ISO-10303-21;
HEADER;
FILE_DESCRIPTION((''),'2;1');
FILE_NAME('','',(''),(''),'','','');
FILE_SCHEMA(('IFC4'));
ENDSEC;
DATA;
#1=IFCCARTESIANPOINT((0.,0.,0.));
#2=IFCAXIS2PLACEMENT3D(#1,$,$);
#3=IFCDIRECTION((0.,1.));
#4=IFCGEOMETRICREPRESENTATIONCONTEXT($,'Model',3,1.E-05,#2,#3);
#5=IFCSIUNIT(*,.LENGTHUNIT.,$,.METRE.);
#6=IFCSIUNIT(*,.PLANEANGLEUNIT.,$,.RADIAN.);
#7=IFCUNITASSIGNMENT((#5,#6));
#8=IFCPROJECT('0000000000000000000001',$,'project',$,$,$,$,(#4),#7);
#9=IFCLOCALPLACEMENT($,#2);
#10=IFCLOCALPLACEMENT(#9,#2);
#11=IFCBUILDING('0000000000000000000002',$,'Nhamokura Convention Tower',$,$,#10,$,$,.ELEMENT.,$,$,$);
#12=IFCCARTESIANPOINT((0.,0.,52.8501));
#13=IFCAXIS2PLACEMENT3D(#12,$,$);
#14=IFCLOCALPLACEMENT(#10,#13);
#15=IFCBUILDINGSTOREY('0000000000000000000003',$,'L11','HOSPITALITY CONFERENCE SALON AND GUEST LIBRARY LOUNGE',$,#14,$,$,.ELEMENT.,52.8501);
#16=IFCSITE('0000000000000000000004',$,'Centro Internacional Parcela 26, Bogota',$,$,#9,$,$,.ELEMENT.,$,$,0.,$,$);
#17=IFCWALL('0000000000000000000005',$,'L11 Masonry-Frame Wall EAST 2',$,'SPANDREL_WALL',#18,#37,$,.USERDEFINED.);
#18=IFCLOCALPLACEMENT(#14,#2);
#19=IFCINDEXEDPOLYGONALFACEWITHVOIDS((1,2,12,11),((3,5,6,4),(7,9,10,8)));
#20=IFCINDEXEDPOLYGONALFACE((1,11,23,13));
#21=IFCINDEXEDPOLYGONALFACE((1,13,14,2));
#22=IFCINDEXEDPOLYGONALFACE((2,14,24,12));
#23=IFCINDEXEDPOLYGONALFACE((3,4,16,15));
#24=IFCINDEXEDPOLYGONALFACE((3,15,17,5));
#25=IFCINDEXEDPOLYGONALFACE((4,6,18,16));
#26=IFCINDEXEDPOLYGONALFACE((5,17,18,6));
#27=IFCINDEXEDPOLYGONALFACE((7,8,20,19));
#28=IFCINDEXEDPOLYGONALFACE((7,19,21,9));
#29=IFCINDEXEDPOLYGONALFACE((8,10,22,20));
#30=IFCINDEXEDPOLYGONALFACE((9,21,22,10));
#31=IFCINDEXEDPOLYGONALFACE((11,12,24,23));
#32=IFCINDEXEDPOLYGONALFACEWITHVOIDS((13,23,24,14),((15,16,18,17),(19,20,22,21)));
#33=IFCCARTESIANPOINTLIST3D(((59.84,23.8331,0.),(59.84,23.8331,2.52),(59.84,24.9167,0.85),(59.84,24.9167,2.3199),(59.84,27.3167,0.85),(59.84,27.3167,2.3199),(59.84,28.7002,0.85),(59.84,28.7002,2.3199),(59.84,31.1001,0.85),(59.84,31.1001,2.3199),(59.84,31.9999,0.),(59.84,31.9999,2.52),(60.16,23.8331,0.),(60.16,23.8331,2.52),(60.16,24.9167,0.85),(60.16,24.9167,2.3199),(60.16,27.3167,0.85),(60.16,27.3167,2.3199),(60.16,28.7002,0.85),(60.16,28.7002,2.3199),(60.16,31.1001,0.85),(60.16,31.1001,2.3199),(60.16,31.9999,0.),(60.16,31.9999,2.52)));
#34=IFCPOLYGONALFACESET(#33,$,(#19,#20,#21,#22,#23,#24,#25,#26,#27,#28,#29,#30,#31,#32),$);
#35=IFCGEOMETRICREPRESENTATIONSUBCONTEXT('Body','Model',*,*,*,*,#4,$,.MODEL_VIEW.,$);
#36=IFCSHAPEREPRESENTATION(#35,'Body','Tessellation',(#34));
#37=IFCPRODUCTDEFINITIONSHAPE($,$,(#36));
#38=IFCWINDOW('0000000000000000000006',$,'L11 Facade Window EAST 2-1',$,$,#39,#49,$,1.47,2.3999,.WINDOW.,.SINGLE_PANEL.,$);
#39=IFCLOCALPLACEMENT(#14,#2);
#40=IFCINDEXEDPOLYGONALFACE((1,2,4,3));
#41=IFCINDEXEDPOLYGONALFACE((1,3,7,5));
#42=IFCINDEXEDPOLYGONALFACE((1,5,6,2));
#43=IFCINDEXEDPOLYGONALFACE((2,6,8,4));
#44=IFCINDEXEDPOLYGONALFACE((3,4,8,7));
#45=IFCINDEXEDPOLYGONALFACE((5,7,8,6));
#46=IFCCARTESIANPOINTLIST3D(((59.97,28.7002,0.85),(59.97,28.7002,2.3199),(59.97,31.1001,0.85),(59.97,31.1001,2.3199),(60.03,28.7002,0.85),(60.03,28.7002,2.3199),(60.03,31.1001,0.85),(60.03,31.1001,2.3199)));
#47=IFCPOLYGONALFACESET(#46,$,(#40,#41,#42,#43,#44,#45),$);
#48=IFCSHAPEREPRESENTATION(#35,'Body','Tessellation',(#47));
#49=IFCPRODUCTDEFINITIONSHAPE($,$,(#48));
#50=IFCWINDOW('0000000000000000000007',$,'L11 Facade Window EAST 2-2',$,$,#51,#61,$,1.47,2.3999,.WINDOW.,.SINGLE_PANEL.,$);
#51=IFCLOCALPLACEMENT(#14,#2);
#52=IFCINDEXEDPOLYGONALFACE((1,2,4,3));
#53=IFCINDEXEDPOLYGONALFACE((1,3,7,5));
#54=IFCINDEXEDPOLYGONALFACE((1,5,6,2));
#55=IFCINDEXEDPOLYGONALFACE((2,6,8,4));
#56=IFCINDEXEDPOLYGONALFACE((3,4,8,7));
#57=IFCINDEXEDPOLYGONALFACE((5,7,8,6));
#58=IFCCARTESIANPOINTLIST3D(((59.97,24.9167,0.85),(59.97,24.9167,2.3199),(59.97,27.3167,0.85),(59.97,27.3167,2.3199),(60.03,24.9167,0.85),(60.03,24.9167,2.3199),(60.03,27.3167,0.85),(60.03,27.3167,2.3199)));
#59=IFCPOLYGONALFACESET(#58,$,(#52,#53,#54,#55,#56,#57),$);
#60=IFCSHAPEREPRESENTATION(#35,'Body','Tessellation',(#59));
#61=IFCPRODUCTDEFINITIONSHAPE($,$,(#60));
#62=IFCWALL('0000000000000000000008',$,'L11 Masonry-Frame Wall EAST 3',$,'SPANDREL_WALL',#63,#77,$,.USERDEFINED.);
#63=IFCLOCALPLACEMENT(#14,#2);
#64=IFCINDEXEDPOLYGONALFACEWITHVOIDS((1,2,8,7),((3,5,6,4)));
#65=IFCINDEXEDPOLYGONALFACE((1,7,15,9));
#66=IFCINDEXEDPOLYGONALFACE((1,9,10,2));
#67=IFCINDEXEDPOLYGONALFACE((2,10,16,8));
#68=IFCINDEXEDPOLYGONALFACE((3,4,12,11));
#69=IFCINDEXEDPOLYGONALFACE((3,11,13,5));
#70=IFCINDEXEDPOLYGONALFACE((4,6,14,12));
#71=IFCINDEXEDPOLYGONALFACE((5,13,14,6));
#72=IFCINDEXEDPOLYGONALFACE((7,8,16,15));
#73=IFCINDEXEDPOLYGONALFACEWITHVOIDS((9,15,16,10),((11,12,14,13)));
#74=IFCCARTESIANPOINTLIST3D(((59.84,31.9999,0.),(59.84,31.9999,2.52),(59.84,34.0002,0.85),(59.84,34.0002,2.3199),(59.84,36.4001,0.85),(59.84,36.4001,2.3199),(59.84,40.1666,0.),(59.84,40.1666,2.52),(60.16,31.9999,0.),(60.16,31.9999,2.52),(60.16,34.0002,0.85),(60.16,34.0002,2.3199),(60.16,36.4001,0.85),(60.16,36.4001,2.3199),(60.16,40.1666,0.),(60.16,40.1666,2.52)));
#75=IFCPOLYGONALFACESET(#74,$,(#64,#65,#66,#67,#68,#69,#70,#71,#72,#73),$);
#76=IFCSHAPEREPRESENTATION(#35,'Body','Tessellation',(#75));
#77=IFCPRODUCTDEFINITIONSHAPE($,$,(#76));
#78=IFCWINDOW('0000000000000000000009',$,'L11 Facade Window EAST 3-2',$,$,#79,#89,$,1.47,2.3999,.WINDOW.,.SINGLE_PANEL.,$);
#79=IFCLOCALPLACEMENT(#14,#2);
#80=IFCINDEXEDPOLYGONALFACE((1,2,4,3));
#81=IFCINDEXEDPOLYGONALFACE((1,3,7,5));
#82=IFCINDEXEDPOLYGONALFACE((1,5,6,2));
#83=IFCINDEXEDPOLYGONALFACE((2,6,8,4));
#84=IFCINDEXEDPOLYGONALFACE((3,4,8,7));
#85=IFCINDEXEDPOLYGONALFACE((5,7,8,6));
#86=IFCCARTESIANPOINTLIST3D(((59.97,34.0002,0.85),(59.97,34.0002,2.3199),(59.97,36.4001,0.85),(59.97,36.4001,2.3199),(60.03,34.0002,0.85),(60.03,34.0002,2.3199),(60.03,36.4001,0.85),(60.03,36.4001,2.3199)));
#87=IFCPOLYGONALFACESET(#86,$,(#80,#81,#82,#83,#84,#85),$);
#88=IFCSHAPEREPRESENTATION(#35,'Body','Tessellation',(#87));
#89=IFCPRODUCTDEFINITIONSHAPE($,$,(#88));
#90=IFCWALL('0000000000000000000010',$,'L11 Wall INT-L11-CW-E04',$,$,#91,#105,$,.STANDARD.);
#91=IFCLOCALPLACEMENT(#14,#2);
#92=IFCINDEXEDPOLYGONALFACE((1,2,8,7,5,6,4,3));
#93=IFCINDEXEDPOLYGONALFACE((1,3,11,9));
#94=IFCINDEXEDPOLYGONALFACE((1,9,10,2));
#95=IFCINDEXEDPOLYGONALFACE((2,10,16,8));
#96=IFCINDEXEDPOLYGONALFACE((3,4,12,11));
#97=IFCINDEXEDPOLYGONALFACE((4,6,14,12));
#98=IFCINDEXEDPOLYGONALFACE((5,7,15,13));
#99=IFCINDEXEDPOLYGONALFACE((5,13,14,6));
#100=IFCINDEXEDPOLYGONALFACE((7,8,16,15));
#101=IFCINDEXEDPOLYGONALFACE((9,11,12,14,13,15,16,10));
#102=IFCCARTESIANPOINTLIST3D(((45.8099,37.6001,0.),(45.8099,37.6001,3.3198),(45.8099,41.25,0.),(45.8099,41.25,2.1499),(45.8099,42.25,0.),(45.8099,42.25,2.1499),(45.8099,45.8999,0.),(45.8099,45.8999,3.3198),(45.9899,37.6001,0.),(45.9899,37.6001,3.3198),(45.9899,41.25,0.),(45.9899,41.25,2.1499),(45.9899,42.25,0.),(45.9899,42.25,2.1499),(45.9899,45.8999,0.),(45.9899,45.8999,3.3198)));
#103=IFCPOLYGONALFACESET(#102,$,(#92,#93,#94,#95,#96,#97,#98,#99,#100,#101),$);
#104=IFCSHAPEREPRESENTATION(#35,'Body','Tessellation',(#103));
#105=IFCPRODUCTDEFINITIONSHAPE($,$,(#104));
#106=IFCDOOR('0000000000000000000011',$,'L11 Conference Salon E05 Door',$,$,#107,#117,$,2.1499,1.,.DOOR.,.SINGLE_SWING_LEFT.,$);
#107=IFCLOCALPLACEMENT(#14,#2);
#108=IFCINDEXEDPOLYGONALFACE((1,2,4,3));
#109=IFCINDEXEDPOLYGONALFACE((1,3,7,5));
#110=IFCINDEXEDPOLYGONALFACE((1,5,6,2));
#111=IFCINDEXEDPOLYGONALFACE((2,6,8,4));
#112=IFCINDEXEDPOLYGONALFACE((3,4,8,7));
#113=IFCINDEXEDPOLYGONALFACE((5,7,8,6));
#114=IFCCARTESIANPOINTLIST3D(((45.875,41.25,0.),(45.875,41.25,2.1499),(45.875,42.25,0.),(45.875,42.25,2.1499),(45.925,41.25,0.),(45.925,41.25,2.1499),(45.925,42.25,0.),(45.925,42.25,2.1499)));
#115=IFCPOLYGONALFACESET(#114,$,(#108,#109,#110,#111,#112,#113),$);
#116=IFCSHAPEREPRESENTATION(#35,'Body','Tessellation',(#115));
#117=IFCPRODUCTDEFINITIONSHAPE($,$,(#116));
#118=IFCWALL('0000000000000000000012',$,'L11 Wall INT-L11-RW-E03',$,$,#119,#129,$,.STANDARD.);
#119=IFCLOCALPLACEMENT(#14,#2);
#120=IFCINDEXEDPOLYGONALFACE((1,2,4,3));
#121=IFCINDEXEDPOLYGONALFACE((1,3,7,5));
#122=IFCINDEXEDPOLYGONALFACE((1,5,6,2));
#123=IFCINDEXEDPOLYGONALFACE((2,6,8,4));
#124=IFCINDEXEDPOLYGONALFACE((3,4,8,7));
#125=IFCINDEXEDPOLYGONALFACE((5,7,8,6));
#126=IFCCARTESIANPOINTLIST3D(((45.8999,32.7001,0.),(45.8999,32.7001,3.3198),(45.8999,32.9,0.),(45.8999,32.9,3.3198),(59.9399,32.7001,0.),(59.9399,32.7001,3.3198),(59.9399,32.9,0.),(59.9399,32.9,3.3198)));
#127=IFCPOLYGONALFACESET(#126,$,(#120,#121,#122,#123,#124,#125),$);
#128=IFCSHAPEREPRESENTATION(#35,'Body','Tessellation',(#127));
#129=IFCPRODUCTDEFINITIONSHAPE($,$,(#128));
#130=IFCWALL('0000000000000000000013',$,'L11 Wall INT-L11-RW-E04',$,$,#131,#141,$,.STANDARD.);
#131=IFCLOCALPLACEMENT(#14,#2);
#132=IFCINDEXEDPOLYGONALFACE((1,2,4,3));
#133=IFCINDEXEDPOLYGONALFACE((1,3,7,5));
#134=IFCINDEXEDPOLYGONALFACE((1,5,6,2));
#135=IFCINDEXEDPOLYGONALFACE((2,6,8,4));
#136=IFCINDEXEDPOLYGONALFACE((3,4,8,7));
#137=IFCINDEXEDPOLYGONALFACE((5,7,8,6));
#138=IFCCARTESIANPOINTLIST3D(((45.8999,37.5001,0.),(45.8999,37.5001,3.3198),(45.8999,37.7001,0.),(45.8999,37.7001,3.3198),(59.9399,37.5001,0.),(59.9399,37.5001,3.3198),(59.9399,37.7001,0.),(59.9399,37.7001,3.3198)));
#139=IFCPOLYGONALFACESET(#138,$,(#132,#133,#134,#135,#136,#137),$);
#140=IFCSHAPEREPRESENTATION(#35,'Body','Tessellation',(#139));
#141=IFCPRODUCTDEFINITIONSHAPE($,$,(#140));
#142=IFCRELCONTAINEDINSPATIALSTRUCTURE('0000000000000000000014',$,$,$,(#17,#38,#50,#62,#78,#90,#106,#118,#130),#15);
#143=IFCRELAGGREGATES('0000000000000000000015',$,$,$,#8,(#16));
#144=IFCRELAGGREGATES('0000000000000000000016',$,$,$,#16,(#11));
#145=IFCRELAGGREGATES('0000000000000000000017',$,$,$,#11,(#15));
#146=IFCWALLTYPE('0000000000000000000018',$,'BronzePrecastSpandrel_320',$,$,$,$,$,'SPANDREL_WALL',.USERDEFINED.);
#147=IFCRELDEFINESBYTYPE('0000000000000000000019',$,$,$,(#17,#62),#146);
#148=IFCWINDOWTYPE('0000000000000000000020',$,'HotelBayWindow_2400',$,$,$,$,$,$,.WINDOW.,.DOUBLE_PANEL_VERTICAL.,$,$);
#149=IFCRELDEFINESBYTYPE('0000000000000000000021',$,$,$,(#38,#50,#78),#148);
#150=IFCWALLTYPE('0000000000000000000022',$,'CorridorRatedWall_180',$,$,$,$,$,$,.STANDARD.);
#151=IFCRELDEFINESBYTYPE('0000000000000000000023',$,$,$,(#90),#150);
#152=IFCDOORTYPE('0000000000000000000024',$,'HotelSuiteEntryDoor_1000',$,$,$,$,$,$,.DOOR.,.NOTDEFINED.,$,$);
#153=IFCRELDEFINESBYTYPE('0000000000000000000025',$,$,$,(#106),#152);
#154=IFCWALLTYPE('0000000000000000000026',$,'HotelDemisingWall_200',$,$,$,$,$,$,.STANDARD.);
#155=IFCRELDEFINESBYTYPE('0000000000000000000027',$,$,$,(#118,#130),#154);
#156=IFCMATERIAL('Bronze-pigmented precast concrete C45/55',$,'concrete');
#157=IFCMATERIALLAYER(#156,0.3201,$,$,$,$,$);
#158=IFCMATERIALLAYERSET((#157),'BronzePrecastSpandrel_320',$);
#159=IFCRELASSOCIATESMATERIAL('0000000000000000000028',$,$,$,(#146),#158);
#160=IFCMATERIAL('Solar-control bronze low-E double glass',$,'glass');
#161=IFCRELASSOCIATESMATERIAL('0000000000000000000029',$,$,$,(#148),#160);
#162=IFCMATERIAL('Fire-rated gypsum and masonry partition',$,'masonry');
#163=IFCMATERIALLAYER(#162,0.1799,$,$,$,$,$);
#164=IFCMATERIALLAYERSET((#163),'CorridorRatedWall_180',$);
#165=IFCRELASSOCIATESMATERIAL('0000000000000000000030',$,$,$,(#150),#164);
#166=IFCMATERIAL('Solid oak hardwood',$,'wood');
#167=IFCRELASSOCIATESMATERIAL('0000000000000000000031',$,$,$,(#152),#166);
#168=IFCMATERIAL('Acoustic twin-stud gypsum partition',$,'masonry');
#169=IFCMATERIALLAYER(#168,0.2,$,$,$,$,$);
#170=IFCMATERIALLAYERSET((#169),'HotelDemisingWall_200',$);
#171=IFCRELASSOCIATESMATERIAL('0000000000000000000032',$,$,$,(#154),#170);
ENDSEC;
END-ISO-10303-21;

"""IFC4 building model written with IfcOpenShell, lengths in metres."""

from ifc_helpers import new_model, si_unit, direction, frame, frame_2d, origin, place, context, subcontext, project, spatial, rectangle, extrude, material, layer, layer_set, type_object, element, fill, save


model = new_model("IFC4")

# Units and contexts
model_context = context("Model", 3, precision=1e-05, world=origin(), true_north=direction((0.0, 1.0)))
body_context = subcontext(model_context, "Body", "Model", "MODEL_VIEW")
ifc_project = project(units=[si_unit("LENGTHUNIT", "METRE"), si_unit("PLANEANGLEUNIT", "RADIAN")], contexts=[model_context])

# Site, building, storey
site_placement = place(None, origin())
site = spatial("IfcSite", under=ifc_project, at=site_placement, Name="Centro Internacional Parcela 26, Bogota", CompositionType="ELEMENT", RefElevation=0.0)
building_placement = place(site_placement, origin())
building = spatial("IfcBuilding", under=site, at=building_placement, Name="Nhamokura Convention Tower", CompositionType="ELEMENT")
storey_placement = place(building_placement, frame((0.0, 0.0, 52.8501)))
storey = spatial("IfcBuildingStorey", under=building, at=storey_placement, Name="L11", Description="HOSPITALITY CONFERENCE SALON AND GUEST LIBRARY LOUNGE", CompositionType="ELEMENT", Elevation=52.8501)

# Wall, openings, windows
ifc_material_1 = material(Name="Bronze-pigmented precast concrete C45/55", Category="concrete")
ifc_layer_1 = layer(ifc_material_1, 0.3201)
ifc_layer_set_1 = layer_set([ifc_layer_1], Name="BronzePrecastSpandrel_320")
wall_type_1 = type_object("IfcWallType", Name="BronzePrecastSpandrel_320", ElementType="SPANDREL_WALL", PredefinedType="USERDEFINED", material=ifc_layer_set_1)
wall_1_placement = place(storey_placement, frame((60.0, 32.0, 0.0), z_axis=(0.0, 0.0, 1.0), x_axis=(0.0, -1.0, 0.0)))
wall_1 = element("IfcWall", 1, at=wall_1_placement, inside=storey, type_object=wall_type_1, Name="L11 Masonry-Frame Wall EAST 2", ObjectType="SPANDREL_WALL", PredefinedType="USERDEFINED", context=body_context, shape_type="SweptSolid", body=[
    extrude(rectangle(XDim=8.1667, YDim=0.3201, at=frame_2d((4.0835, 0.0))), origin(), (0.0, 0.0, 1.0), 2.52),
])
opening_1_placement = place(wall_1_placement, frame((0.8999, 0.0, 0.8501)))
opening_1 = element("IfcOpeningElement", 2, at=opening_1_placement, cuts=wall_1, PredefinedType="OPENING", context=body_context, shape_type="SweptSolid", body=[
    extrude(rectangle(XDim=2.3999, YDim=1.47, at=frame_2d((1.2, 0.7349))), frame((0.0, 0.1699, 0.0), z_axis=(0.0, -1.0, 0.0), x_axis=(1.0, 0.0, 0.0)), (0.0, 0.0, 1.0), 0.3401),
])
opening_2_placement = place(wall_1_placement, frame((4.6833, 0.0, 0.8501)))
opening_2 = element("IfcOpeningElement", 3, at=opening_2_placement, cuts=wall_1, PredefinedType="OPENING", context=body_context, shape_type="SweptSolid", body=[
    extrude(rectangle(XDim=2.3999, YDim=1.47, at=frame_2d((1.2, 0.7349))), frame((0.0, 0.1699, 0.0), z_axis=(0.0, -1.0, 0.0), x_axis=(1.0, 0.0, 0.0)), (0.0, 0.0, 1.0), 0.3401),
])
ifc_material_2 = material(Name="Solar-control bronze low-E double glass", Category="glass")
window_type = type_object("IfcWindowType", Name="HotelBayWindow_2400", PartitioningType="DOUBLE_PANEL_VERTICAL", PredefinedType="WINDOW", material=ifc_material_2)
window_1_placement = place(opening_1_placement, origin())
window_1 = element("IfcWindow", 4, at=window_1_placement, inside=storey, type_object=window_type, Name="L11 Facade Window EAST 2-1", OverallHeight=1.47, OverallWidth=2.3999, PartitioningType="SINGLE_PANEL", PredefinedType="WINDOW", context=body_context, shape_type="SweptSolid", body=[
    extrude(rectangle(XDim=2.3999, YDim=1.47, at=frame_2d((1.2, 0.7349))), frame((0.0, 0.03, 0.0), z_axis=(0.0, -1.0, 0.0), x_axis=(1.0, 0.0, 0.0)), (0.0, 0.0, 1.0), 0.0601),
])
fill(opening_1, window_1)
window_2_placement = place(opening_2_placement, origin())
window_2 = element("IfcWindow", 5, at=window_2_placement, inside=storey, type_object=window_type, Name="L11 Facade Window EAST 2-2", OverallHeight=1.47, OverallWidth=2.3999, PartitioningType="SINGLE_PANEL", PredefinedType="WINDOW", context=body_context, shape_type="SweptSolid", body=[
    extrude(rectangle(XDim=2.3999, YDim=1.47, at=frame_2d((1.2, 0.7349))), frame((0.0, 0.03, 0.0), z_axis=(0.0, -1.0, 0.0), x_axis=(1.0, 0.0, 0.0)), (0.0, 0.0, 1.0), 0.0601),
])
fill(opening_2, window_2)

# Wall, opening, window
wall_2_placement = place(storey_placement, frame((60.0, 40.1667, 0.0), z_axis=(0.0, 0.0, 1.0), x_axis=(0.0, -1.0, 0.0)))
wall_2 = element("IfcWall", 6, at=wall_2_placement, inside=storey, type_object=wall_type_1, Name="L11 Masonry-Frame Wall EAST 3", ObjectType="SPANDREL_WALL", PredefinedType="USERDEFINED", context=body_context, shape_type="SweptSolid", body=[
    extrude(rectangle(XDim=8.1667, YDim=0.3201, at=frame_2d((4.0835, 0.0))), origin(), (0.0, 0.0, 1.0), 2.52),
])
opening_3_placement = place(wall_2_placement, frame((3.7666, 0.0, 0.8501)))
opening_3 = element("IfcOpeningElement", 7, at=opening_3_placement, cuts=wall_2, PredefinedType="OPENING", context=body_context, shape_type="SweptSolid", body=[
    extrude(rectangle(XDim=2.3999, YDim=1.47, at=frame_2d((1.2, 0.7349))), frame((0.0, 0.1699, 0.0), z_axis=(0.0, -1.0, 0.0), x_axis=(1.0, 0.0, 0.0)), (0.0, 0.0, 1.0), 0.3401),
])
window_3_placement = place(opening_3_placement, origin())
window_3 = element("IfcWindow", 8, at=window_3_placement, inside=storey, type_object=window_type, Name="L11 Facade Window EAST 3-2", OverallHeight=1.47, OverallWidth=2.3999, PartitioningType="SINGLE_PANEL", PredefinedType="WINDOW", context=body_context, shape_type="SweptSolid", body=[
    extrude(rectangle(XDim=2.3999, YDim=1.47, at=frame_2d((1.2, 0.7349))), frame((0.0, 0.03, 0.0), z_axis=(0.0, -1.0, 0.0), x_axis=(1.0, 0.0, 0.0)), (0.0, 0.0, 1.0), 0.0601),
])
fill(opening_3, window_3)

# Wall, opening, door
ifc_material_3 = material(Name="Fire-rated gypsum and masonry partition", Category="masonry")
ifc_layer_2 = layer(ifc_material_3, 0.1799)
ifc_layer_set_2 = layer_set([ifc_layer_2], Name="CorridorRatedWall_180")
wall_type_2 = type_object("IfcWallType", Name="CorridorRatedWall_180", PredefinedType="STANDARD", material=ifc_layer_set_2)
ifc_material_4 = material(Name="Solid oak hardwood", Category="wood")
door_type_1 = type_object("IfcDoorType", Name="HotelSuiteEntryDoor_1000", OperationType="NOTDEFINED", PredefinedType="DOOR", material=ifc_material_4)
wall_3_placement = place(storey_placement, frame((45.8999, 37.6001, 0.0), z_axis=(0.0, 0.0, 1.0), x_axis=(0.0, 1.0, 0.0)))
wall_3 = element("IfcWall", 9, at=wall_3_placement, inside=storey, type_object=wall_type_2, Name="L11 Wall INT-L11-CW-E04", PredefinedType="STANDARD", context=body_context, shape_type="SweptSolid", body=[
    extrude(rectangle(XDim=8.2998, YDim=0.1799, at=frame_2d((4.1499, 0.0))), origin(), (0.0, 0.0, 1.0), 3.3198),
])
opening_4_placement = place(wall_3_placement, frame((3.6499, 0.0, 0.0)))
opening_4 = element("IfcOpeningElement", 10, at=opening_4_placement, cuts=wall_3, PredefinedType="OPENING", context=body_context, shape_type="SweptSolid", body=[
    extrude(rectangle(XDim=1.0, YDim=2.1499, at=frame_2d((0.5, 1.075))), frame((0.0, 0.0999, 0.0), z_axis=(0.0, -1.0, 0.0), x_axis=(1.0, 0.0, 0.0)), (0.0, 0.0, 1.0), 0.2),
])
door_1_placement = place(opening_4_placement, origin())
door_1 = element("IfcDoor", 11, at=door_1_placement, inside=storey, type_object=door_type_1, Name="L11 Conference Salon E05 Door", OperationType="SINGLE_SWING_LEFT", OverallHeight=2.1499, OverallWidth=1.0, PredefinedType="DOOR", context=body_context, shape_type="SweptSolid", body=[
    extrude(rectangle(XDim=1.0, YDim=2.1499, at=frame_2d((0.5, 1.075))), frame((0.0, 0.0249, 0.0), z_axis=(0.0, -1.0, 0.0), x_axis=(1.0, 0.0, 0.0)), (0.0, 0.0, 1.0), 0.05),
])
fill(opening_4, door_1)

# Walls
ifc_material_5 = material(Name="Acoustic twin-stud gypsum partition", Category="masonry")
ifc_layer_3 = layer(ifc_material_5, 0.2)
ifc_layer_set_3 = layer_set([ifc_layer_3], Name="HotelDemisingWall_200")
wall_type_3 = type_object("IfcWallType", Name="HotelDemisingWall_200", PredefinedType="STANDARD", material=ifc_layer_set_3)
for number, where, z_axis, x_axis, name in (
    (12, (45.8999, 32.8, 0.0), (0.0, 0.0, 1.0), (1.0, 0.0, 0.0), "L11 Wall INT-L11-RW-E03"),
    (13, (45.8999, 37.6001, 0.0), (0.0, 0.0, 1.0), (1.0, 0.0, 0.0), "L11 Wall INT-L11-RW-E04"),
):
    element("IfcWall", number, at=place(storey_placement, frame(where, z_axis=z_axis, x_axis=x_axis)), inside=storey, type_object=wall_type_3, Name=name, PredefinedType="STANDARD", context=body_context, shape_type="SweptSolid", body=[
        extrude(rectangle(XDim=14.04, YDim=0.2, at=frame_2d((7.02, 0.0))), origin(), (0.0, 0.0, 1.0), 3.3198),
    ])

save(model, "model.ifc")
